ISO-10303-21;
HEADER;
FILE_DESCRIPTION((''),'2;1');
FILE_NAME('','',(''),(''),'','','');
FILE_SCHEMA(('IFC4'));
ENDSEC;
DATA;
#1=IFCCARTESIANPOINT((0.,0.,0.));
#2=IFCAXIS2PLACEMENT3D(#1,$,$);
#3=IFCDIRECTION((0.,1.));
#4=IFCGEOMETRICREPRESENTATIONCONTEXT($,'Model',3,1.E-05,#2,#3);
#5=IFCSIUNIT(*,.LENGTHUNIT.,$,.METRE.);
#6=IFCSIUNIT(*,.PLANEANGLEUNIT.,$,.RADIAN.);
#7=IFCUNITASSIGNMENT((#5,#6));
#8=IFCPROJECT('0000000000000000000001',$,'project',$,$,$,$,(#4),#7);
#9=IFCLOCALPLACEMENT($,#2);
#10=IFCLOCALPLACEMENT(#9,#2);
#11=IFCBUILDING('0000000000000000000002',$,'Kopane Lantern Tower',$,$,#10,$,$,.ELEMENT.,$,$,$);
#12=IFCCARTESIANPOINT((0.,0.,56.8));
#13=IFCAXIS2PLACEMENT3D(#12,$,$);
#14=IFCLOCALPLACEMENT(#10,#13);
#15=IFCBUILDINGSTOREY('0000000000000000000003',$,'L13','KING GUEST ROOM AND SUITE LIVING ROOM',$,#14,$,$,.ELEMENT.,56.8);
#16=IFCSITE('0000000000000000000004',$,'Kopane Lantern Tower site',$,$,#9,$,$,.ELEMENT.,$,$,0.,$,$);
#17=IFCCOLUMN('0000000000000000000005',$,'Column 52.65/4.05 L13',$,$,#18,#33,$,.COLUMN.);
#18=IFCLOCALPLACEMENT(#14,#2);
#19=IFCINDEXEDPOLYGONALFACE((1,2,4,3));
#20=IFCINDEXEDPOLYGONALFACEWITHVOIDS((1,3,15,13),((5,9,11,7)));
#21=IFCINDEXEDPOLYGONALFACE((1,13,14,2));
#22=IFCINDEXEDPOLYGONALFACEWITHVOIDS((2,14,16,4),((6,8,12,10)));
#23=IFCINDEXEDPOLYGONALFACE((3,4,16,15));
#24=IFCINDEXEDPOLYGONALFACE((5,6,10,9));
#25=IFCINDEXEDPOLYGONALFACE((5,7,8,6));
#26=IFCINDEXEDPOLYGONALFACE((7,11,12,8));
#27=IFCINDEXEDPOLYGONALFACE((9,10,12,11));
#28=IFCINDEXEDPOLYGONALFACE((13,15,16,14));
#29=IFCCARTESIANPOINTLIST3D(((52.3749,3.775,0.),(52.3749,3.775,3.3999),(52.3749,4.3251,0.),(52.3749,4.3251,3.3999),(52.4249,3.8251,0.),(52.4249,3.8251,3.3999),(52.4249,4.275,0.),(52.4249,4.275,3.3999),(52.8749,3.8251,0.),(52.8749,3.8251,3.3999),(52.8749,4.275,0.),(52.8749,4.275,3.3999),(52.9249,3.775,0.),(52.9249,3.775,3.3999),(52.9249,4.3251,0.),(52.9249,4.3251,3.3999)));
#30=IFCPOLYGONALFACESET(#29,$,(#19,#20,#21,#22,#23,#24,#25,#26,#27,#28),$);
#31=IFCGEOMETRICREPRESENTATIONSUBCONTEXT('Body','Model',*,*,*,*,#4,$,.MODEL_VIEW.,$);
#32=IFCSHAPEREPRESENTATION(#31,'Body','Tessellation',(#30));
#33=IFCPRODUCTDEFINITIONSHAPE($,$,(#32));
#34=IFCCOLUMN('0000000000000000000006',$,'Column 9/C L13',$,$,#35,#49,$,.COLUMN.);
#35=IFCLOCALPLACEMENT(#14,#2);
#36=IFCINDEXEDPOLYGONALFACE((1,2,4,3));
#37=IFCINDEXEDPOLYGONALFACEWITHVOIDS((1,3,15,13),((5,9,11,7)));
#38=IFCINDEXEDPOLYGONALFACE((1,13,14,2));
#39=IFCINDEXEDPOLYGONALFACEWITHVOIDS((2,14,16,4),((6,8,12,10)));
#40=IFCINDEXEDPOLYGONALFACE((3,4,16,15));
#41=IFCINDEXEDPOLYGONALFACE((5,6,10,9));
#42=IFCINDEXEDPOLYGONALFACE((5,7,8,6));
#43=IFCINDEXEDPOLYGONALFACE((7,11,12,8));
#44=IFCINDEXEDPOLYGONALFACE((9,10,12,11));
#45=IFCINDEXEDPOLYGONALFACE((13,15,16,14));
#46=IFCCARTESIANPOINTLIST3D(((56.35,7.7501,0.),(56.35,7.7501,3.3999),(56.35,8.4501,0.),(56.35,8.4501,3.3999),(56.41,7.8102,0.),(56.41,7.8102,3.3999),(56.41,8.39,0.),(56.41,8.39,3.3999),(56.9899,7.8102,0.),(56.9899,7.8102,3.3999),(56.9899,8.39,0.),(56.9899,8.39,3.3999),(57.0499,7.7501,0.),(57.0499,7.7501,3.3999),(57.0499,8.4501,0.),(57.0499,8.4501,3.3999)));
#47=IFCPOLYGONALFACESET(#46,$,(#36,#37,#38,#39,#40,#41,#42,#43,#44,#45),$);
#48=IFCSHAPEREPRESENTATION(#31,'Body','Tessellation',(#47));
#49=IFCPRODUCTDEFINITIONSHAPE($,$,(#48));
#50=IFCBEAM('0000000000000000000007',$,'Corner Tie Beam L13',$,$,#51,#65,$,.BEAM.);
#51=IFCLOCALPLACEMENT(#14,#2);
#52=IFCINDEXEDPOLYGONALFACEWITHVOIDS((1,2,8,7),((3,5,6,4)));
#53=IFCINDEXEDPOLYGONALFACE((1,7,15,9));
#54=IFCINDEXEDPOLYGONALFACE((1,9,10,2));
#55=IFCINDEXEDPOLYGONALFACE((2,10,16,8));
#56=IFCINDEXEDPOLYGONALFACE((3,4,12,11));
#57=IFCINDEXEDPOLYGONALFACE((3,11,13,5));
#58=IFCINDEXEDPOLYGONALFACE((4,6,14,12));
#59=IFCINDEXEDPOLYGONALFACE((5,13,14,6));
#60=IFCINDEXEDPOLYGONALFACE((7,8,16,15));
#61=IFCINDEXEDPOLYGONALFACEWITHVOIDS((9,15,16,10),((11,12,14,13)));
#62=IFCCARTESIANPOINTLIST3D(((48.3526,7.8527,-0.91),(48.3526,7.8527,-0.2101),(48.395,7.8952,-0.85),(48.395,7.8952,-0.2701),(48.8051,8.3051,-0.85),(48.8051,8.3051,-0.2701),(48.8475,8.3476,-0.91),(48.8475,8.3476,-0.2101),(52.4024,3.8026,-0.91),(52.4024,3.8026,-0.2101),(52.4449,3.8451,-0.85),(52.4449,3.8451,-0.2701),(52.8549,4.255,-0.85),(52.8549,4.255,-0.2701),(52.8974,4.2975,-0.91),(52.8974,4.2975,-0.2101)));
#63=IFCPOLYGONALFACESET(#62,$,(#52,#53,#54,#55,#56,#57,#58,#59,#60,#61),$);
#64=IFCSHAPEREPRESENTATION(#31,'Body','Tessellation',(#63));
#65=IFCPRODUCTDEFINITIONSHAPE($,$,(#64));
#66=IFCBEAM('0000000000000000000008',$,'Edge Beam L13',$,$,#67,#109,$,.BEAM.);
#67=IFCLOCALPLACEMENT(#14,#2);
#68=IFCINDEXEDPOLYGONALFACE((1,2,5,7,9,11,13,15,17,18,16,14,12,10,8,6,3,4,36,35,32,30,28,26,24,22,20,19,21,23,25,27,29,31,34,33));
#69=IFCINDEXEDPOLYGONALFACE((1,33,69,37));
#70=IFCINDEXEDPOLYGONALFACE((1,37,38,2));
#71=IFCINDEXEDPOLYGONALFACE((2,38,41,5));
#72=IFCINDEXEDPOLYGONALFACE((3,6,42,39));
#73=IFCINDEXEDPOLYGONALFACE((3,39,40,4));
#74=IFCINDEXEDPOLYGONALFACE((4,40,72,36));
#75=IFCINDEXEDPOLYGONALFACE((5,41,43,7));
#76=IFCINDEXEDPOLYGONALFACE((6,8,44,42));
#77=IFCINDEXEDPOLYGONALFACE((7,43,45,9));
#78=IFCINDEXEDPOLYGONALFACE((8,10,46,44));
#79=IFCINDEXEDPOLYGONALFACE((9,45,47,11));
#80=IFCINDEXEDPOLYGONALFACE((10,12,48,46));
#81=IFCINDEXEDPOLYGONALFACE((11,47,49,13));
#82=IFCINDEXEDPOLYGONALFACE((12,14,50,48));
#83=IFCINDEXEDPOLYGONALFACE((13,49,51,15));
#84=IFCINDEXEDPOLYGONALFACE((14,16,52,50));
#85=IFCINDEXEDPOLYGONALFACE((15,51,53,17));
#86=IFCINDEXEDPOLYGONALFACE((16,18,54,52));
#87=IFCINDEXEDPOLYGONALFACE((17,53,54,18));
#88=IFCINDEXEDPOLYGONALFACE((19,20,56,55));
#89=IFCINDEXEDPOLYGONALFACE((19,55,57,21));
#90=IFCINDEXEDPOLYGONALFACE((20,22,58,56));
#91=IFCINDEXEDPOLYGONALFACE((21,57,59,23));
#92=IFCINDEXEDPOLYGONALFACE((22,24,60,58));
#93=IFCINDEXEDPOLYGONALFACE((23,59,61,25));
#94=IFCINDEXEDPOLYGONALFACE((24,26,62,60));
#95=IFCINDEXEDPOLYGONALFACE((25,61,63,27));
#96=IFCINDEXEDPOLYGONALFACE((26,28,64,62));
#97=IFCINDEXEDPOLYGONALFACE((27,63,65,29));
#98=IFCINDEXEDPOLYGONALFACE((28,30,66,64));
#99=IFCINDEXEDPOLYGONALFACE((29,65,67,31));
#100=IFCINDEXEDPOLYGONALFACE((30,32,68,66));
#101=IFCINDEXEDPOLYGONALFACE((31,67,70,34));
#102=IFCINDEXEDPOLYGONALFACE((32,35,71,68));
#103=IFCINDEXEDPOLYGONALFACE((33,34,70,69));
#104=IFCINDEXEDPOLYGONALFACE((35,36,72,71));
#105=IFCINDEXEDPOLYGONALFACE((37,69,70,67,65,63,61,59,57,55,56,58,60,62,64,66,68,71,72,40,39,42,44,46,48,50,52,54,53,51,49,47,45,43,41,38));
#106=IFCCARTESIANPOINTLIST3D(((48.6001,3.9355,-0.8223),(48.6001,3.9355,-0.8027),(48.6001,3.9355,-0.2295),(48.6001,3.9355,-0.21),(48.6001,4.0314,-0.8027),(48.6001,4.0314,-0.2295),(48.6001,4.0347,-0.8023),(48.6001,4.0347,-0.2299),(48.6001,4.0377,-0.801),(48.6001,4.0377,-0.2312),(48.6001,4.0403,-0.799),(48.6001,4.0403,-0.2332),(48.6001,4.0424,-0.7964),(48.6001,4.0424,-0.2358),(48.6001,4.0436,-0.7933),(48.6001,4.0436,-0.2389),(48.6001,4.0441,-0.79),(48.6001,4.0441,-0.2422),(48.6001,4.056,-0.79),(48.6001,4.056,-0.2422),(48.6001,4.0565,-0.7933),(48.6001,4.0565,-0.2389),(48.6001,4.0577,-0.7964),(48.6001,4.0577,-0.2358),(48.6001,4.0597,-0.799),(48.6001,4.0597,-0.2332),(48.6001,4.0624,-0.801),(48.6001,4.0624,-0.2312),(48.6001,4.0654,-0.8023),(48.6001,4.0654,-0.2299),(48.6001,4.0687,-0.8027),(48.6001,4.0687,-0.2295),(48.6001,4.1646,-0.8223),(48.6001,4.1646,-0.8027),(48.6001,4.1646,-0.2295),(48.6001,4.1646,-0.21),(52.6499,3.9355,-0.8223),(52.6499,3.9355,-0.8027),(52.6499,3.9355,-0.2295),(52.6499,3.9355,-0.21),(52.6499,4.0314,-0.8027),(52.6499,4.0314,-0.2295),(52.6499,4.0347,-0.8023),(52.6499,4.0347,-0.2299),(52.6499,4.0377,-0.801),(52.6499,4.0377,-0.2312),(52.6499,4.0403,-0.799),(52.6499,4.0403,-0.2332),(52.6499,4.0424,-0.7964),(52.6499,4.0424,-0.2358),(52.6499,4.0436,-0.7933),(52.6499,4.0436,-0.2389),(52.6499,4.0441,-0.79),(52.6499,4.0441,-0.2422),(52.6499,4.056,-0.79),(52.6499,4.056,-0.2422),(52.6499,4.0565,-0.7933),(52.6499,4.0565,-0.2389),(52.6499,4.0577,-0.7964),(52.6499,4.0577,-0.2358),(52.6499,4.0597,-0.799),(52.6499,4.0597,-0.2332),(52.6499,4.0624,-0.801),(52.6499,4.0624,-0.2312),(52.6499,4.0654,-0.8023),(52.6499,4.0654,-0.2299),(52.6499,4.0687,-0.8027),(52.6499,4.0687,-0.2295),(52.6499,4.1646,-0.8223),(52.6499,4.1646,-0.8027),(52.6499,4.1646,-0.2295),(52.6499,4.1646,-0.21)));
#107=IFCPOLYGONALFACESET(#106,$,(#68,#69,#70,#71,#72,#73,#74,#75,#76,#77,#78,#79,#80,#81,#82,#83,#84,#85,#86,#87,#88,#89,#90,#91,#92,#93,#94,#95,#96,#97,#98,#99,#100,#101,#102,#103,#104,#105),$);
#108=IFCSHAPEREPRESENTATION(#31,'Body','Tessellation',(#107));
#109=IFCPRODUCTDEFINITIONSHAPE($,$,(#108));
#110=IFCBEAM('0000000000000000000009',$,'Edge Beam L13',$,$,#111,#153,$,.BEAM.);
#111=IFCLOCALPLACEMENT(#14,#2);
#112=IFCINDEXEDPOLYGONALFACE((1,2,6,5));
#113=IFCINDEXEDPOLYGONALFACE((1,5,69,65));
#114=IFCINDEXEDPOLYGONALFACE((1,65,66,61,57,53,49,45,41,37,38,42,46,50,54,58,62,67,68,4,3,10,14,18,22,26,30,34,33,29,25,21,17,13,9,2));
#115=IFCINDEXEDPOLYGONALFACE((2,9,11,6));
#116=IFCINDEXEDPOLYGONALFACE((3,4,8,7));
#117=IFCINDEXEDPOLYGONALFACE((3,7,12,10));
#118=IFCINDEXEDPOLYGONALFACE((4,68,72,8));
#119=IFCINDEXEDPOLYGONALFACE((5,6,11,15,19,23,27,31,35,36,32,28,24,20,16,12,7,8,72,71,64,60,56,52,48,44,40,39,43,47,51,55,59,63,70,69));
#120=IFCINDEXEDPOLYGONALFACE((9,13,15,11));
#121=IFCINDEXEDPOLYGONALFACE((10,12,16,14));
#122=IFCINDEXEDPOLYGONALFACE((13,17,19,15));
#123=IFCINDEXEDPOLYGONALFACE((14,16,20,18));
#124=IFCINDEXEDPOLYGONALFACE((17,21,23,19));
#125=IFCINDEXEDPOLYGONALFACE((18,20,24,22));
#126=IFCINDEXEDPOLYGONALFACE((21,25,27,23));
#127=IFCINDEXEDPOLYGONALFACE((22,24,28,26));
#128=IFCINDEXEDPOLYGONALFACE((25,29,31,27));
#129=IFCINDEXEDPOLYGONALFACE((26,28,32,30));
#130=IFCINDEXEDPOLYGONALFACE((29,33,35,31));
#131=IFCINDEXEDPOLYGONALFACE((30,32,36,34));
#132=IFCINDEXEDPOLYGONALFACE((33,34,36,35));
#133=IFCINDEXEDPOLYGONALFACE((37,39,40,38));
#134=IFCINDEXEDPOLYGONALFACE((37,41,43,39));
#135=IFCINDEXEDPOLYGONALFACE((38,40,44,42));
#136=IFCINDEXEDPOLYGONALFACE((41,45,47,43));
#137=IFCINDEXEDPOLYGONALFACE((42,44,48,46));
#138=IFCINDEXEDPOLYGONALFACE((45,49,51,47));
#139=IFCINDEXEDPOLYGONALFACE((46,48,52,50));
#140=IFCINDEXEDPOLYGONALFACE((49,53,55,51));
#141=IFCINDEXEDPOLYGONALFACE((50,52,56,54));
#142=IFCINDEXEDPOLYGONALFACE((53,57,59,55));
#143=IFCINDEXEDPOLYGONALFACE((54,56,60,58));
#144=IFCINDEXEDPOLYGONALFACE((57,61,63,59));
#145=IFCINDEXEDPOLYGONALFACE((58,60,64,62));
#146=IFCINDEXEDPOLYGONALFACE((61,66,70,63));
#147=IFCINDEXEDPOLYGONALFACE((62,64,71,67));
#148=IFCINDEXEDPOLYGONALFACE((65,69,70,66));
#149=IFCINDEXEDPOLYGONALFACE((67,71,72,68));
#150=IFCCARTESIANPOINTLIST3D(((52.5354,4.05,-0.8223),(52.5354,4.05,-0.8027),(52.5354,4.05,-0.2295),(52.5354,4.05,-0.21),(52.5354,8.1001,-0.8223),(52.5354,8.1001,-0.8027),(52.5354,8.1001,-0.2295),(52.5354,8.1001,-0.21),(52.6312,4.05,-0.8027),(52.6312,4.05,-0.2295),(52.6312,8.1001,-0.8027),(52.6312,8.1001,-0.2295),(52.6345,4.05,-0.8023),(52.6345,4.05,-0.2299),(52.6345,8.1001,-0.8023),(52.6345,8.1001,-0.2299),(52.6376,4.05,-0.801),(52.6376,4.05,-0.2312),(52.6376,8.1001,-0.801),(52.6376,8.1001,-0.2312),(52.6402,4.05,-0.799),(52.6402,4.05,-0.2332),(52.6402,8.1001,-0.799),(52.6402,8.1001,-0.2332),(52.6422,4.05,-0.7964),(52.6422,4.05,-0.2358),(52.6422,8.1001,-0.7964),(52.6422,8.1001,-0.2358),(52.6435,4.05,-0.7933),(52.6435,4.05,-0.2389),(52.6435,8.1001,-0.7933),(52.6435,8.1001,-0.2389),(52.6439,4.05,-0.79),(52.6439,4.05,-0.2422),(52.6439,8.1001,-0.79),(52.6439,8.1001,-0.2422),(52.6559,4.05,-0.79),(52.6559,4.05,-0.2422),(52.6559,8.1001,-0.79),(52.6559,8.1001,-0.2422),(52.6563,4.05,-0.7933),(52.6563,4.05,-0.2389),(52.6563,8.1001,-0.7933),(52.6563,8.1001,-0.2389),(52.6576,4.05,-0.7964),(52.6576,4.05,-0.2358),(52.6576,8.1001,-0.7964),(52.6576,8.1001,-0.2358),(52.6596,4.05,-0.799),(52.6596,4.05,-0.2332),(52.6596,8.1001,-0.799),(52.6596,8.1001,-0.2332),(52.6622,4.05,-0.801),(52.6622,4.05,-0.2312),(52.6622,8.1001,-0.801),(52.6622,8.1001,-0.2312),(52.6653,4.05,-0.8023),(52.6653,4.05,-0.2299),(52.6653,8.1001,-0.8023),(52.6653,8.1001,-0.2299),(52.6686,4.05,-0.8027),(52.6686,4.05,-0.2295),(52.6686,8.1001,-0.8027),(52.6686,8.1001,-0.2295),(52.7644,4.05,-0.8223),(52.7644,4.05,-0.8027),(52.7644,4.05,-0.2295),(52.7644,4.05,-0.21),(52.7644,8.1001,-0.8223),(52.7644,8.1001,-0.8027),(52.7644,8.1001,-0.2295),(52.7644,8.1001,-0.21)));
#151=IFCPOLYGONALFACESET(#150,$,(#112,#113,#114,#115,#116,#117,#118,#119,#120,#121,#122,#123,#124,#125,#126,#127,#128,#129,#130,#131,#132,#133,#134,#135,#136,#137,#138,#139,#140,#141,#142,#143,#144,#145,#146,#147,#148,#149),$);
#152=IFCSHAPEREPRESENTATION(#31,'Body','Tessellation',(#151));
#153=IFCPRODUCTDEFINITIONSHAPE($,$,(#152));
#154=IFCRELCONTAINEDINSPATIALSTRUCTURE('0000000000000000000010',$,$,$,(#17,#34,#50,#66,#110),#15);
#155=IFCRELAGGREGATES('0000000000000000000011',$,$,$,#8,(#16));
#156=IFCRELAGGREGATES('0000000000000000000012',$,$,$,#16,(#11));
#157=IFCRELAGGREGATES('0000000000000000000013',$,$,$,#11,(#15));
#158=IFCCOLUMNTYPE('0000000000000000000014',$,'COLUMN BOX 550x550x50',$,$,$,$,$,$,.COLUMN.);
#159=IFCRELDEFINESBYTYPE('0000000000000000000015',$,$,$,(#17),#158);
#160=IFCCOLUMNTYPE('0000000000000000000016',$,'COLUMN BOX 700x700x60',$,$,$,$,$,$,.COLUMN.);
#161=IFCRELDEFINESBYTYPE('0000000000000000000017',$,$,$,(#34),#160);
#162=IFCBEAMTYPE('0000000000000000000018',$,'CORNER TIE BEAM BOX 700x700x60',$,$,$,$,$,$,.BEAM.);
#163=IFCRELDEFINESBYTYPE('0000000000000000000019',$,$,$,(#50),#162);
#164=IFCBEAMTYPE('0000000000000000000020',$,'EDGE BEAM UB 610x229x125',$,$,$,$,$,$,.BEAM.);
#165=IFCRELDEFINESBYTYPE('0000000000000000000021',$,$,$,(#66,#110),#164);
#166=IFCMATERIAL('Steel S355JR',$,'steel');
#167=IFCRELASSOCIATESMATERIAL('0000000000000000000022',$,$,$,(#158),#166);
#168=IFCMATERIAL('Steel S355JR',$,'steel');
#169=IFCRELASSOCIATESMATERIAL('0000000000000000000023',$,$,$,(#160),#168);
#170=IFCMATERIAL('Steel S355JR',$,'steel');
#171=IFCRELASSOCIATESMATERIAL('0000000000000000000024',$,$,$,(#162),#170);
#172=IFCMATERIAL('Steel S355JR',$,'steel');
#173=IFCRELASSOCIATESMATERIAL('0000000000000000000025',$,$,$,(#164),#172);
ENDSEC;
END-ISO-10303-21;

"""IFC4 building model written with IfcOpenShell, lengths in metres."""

from ifc_helpers import new_model, si_unit, direction, frame, origin, origin_2d, place, context, subcontext, project, spatial, hollow_rectangle, i_section, extrude, material, material_profile, profile_set, type_object, element, save


model = new_model("IFC4")

# Units and contexts
model_context = context("Model", 3, precision=1e-05, world=origin(), true_north=direction((0.0, 1.0)))
body_context = subcontext(model_context, "Body", "Model", "MODEL_VIEW")
ifc_project = project(units=[si_unit("LENGTHUNIT", "METRE"), si_unit("PLANEANGLEUNIT", "RADIAN")], contexts=[model_context])

# Site, building, storey
site_placement = place(None, origin())
site = spatial("IfcSite", under=ifc_project, at=site_placement, Name="Kopane Lantern Tower site", CompositionType="ELEMENT", RefElevation=0.0)
building_placement = place(site_placement, origin())
building = spatial("IfcBuilding", under=site, at=building_placement, Name="Kopane Lantern Tower", CompositionType="ELEMENT")
storey_placement = place(building_placement, frame((0.0, 0.0, 56.8)))
storey = spatial("IfcBuildingStorey", under=building, at=storey_placement, Name="L13", Description="KING GUEST ROOM AND SUITE LIVING ROOM", CompositionType="ELEMENT", Elevation=56.8)

# Columns
ifc_material_1 = material(Name="Steel S355JR", Category="steel")
ifc_material_profile_1 = material_profile(ifc_material_1, hollow_rectangle(XDim=0.55, YDim=0.55, WallThickness=0.05, at=origin_2d()), Name="BOX 550x550x50")
ifc_profile_set_1 = profile_set([ifc_material_profile_1], Name="Steel S355JR")
column_type_1 = type_object("IfcColumnType", Name="COLUMN BOX 550x550x50", PredefinedType="COLUMN", material=ifc_profile_set_1)
column_1_placement = place(storey_placement, frame((52.6499, 4.05, 0.0), z_axis=(0.0, 0.0, 1.0), x_axis=(1.0, 0.0, 0.0)))
element("IfcColumn", 1, at=column_1_placement, inside=storey, type_object=column_type_1, Name="Column 52.65/4.05 L13", PredefinedType="COLUMN", context=body_context, shape_type="SweptSolid", body=[
    extrude(hollow_rectangle(XDim=0.55, YDim=0.55, WallThickness=0.05, at=origin_2d()), origin(), (0.0, 0.0, 1.0), 3.3999),
])
ifc_material_2 = material(Name="Steel S355JR", Category="steel")
ifc_material_profile_2 = material_profile(ifc_material_2, hollow_rectangle(XDim=0.7, YDim=0.7, WallThickness=0.0601, at=origin_2d()), Name="BOX 700x700x60")
ifc_profile_set_2 = profile_set([ifc_material_profile_2], Name="Steel S355JR")
column_type_2 = type_object("IfcColumnType", Name="COLUMN BOX 700x700x60", PredefinedType="COLUMN", material=ifc_profile_set_2)
column_2_placement = place(storey_placement, frame((56.7, 8.1001, 0.0), z_axis=(0.0, 0.0, 1.0), x_axis=(1.0, 0.0, 0.0)))
element("IfcColumn", 2, at=column_2_placement, inside=storey, type_object=column_type_2, Name="Column 9/C L13", PredefinedType="COLUMN", context=body_context, shape_type="SweptSolid", body=[
    extrude(hollow_rectangle(XDim=0.7, YDim=0.7, WallThickness=0.0601, at=origin_2d()), origin(), (0.0, 0.0, 1.0), 3.3999),
])

# Beams
ifc_material_3 = material(Name="Steel S355JR", Category="steel")
ifc_material_profile_3 = material_profile(ifc_material_3, hollow_rectangle(XDim=0.7, YDim=0.7, WallThickness=0.0601, at=origin_2d()), Name="BOX 700x700x60")
ifc_profile_set_3 = profile_set([ifc_material_profile_3], Name="Steel S355JR")
beam_type_1 = type_object("IfcBeamType", Name="CORNER TIE BEAM BOX 700x700x60", PredefinedType="BEAM", material=ifc_profile_set_3)
beam_1_placement = place(storey_placement, frame((52.6499, 4.05, -0.5601), z_axis=(-0.707085, 0.707128, 0.0), x_axis=(-0.707128, -0.707085, 0.0)))
element("IfcBeam", 3, at=beam_1_placement, inside=storey, type_object=beam_type_1, Name="Corner Tie Beam L13", PredefinedType="BEAM", context=body_context, shape_type="SweptSolid", body=[
    extrude(hollow_rectangle(XDim=0.7, YDim=0.7, WallThickness=0.0601, at=origin_2d()), origin(), (0.0, 0.0, 1.0), 5.7275),
])
ifc_material_4 = material(Name="Steel S355JR", Category="steel")
ifc_material_profile_4 = material_profile(ifc_material_4, i_section(OverallWidth=0.229, OverallDepth=0.6123, WebThickness=0.012, FlangeThickness=0.0195, FilletRadius=0.0127, at=origin_2d()), Name="UB 610x229x125")
ifc_profile_set_4 = profile_set([ifc_material_profile_4], Name="Steel S355JR")
beam_type_2 = type_object("IfcBeamType", Name="EDGE BEAM UB 610x229x125", PredefinedType="BEAM", material=ifc_profile_set_4)
beam_2_placement = place(storey_placement, frame((52.6499, 4.05, -0.5161), z_axis=(-1.0, 0.0, 0.0), x_axis=(0.0, -1.0, 0.0)))
element("IfcBeam", 4, at=beam_2_placement, inside=storey, type_object=beam_type_2, Name="Edge Beam L13", PredefinedType="BEAM", context=body_context, shape_type="SweptSolid", body=[
    extrude(i_section(OverallWidth=0.229, OverallDepth=0.6123, WebThickness=0.012, FlangeThickness=0.0195, FilletRadius=0.0127, at=origin_2d()), origin(), (0.0, 0.0, 1.0), 4.0498),
])
beam_3_placement = place(storey_placement, frame((52.6499, 4.05, -0.5161), z_axis=(0.0, 1.0, 0.0), x_axis=(-1.0, 0.0, 0.0)))
element("IfcBeam", 5, at=beam_3_placement, inside=storey, type_object=beam_type_2, Name="Edge Beam L13", PredefinedType="BEAM", context=body_context, shape_type="SweptSolid", body=[
    extrude(i_section(OverallWidth=0.229, OverallDepth=0.6123, WebThickness=0.012, FlangeThickness=0.0195, FilletRadius=0.0127, at=origin_2d()), origin(), (0.0, 0.0, 1.0), 4.05),
])

save(model, "model.ifc")
